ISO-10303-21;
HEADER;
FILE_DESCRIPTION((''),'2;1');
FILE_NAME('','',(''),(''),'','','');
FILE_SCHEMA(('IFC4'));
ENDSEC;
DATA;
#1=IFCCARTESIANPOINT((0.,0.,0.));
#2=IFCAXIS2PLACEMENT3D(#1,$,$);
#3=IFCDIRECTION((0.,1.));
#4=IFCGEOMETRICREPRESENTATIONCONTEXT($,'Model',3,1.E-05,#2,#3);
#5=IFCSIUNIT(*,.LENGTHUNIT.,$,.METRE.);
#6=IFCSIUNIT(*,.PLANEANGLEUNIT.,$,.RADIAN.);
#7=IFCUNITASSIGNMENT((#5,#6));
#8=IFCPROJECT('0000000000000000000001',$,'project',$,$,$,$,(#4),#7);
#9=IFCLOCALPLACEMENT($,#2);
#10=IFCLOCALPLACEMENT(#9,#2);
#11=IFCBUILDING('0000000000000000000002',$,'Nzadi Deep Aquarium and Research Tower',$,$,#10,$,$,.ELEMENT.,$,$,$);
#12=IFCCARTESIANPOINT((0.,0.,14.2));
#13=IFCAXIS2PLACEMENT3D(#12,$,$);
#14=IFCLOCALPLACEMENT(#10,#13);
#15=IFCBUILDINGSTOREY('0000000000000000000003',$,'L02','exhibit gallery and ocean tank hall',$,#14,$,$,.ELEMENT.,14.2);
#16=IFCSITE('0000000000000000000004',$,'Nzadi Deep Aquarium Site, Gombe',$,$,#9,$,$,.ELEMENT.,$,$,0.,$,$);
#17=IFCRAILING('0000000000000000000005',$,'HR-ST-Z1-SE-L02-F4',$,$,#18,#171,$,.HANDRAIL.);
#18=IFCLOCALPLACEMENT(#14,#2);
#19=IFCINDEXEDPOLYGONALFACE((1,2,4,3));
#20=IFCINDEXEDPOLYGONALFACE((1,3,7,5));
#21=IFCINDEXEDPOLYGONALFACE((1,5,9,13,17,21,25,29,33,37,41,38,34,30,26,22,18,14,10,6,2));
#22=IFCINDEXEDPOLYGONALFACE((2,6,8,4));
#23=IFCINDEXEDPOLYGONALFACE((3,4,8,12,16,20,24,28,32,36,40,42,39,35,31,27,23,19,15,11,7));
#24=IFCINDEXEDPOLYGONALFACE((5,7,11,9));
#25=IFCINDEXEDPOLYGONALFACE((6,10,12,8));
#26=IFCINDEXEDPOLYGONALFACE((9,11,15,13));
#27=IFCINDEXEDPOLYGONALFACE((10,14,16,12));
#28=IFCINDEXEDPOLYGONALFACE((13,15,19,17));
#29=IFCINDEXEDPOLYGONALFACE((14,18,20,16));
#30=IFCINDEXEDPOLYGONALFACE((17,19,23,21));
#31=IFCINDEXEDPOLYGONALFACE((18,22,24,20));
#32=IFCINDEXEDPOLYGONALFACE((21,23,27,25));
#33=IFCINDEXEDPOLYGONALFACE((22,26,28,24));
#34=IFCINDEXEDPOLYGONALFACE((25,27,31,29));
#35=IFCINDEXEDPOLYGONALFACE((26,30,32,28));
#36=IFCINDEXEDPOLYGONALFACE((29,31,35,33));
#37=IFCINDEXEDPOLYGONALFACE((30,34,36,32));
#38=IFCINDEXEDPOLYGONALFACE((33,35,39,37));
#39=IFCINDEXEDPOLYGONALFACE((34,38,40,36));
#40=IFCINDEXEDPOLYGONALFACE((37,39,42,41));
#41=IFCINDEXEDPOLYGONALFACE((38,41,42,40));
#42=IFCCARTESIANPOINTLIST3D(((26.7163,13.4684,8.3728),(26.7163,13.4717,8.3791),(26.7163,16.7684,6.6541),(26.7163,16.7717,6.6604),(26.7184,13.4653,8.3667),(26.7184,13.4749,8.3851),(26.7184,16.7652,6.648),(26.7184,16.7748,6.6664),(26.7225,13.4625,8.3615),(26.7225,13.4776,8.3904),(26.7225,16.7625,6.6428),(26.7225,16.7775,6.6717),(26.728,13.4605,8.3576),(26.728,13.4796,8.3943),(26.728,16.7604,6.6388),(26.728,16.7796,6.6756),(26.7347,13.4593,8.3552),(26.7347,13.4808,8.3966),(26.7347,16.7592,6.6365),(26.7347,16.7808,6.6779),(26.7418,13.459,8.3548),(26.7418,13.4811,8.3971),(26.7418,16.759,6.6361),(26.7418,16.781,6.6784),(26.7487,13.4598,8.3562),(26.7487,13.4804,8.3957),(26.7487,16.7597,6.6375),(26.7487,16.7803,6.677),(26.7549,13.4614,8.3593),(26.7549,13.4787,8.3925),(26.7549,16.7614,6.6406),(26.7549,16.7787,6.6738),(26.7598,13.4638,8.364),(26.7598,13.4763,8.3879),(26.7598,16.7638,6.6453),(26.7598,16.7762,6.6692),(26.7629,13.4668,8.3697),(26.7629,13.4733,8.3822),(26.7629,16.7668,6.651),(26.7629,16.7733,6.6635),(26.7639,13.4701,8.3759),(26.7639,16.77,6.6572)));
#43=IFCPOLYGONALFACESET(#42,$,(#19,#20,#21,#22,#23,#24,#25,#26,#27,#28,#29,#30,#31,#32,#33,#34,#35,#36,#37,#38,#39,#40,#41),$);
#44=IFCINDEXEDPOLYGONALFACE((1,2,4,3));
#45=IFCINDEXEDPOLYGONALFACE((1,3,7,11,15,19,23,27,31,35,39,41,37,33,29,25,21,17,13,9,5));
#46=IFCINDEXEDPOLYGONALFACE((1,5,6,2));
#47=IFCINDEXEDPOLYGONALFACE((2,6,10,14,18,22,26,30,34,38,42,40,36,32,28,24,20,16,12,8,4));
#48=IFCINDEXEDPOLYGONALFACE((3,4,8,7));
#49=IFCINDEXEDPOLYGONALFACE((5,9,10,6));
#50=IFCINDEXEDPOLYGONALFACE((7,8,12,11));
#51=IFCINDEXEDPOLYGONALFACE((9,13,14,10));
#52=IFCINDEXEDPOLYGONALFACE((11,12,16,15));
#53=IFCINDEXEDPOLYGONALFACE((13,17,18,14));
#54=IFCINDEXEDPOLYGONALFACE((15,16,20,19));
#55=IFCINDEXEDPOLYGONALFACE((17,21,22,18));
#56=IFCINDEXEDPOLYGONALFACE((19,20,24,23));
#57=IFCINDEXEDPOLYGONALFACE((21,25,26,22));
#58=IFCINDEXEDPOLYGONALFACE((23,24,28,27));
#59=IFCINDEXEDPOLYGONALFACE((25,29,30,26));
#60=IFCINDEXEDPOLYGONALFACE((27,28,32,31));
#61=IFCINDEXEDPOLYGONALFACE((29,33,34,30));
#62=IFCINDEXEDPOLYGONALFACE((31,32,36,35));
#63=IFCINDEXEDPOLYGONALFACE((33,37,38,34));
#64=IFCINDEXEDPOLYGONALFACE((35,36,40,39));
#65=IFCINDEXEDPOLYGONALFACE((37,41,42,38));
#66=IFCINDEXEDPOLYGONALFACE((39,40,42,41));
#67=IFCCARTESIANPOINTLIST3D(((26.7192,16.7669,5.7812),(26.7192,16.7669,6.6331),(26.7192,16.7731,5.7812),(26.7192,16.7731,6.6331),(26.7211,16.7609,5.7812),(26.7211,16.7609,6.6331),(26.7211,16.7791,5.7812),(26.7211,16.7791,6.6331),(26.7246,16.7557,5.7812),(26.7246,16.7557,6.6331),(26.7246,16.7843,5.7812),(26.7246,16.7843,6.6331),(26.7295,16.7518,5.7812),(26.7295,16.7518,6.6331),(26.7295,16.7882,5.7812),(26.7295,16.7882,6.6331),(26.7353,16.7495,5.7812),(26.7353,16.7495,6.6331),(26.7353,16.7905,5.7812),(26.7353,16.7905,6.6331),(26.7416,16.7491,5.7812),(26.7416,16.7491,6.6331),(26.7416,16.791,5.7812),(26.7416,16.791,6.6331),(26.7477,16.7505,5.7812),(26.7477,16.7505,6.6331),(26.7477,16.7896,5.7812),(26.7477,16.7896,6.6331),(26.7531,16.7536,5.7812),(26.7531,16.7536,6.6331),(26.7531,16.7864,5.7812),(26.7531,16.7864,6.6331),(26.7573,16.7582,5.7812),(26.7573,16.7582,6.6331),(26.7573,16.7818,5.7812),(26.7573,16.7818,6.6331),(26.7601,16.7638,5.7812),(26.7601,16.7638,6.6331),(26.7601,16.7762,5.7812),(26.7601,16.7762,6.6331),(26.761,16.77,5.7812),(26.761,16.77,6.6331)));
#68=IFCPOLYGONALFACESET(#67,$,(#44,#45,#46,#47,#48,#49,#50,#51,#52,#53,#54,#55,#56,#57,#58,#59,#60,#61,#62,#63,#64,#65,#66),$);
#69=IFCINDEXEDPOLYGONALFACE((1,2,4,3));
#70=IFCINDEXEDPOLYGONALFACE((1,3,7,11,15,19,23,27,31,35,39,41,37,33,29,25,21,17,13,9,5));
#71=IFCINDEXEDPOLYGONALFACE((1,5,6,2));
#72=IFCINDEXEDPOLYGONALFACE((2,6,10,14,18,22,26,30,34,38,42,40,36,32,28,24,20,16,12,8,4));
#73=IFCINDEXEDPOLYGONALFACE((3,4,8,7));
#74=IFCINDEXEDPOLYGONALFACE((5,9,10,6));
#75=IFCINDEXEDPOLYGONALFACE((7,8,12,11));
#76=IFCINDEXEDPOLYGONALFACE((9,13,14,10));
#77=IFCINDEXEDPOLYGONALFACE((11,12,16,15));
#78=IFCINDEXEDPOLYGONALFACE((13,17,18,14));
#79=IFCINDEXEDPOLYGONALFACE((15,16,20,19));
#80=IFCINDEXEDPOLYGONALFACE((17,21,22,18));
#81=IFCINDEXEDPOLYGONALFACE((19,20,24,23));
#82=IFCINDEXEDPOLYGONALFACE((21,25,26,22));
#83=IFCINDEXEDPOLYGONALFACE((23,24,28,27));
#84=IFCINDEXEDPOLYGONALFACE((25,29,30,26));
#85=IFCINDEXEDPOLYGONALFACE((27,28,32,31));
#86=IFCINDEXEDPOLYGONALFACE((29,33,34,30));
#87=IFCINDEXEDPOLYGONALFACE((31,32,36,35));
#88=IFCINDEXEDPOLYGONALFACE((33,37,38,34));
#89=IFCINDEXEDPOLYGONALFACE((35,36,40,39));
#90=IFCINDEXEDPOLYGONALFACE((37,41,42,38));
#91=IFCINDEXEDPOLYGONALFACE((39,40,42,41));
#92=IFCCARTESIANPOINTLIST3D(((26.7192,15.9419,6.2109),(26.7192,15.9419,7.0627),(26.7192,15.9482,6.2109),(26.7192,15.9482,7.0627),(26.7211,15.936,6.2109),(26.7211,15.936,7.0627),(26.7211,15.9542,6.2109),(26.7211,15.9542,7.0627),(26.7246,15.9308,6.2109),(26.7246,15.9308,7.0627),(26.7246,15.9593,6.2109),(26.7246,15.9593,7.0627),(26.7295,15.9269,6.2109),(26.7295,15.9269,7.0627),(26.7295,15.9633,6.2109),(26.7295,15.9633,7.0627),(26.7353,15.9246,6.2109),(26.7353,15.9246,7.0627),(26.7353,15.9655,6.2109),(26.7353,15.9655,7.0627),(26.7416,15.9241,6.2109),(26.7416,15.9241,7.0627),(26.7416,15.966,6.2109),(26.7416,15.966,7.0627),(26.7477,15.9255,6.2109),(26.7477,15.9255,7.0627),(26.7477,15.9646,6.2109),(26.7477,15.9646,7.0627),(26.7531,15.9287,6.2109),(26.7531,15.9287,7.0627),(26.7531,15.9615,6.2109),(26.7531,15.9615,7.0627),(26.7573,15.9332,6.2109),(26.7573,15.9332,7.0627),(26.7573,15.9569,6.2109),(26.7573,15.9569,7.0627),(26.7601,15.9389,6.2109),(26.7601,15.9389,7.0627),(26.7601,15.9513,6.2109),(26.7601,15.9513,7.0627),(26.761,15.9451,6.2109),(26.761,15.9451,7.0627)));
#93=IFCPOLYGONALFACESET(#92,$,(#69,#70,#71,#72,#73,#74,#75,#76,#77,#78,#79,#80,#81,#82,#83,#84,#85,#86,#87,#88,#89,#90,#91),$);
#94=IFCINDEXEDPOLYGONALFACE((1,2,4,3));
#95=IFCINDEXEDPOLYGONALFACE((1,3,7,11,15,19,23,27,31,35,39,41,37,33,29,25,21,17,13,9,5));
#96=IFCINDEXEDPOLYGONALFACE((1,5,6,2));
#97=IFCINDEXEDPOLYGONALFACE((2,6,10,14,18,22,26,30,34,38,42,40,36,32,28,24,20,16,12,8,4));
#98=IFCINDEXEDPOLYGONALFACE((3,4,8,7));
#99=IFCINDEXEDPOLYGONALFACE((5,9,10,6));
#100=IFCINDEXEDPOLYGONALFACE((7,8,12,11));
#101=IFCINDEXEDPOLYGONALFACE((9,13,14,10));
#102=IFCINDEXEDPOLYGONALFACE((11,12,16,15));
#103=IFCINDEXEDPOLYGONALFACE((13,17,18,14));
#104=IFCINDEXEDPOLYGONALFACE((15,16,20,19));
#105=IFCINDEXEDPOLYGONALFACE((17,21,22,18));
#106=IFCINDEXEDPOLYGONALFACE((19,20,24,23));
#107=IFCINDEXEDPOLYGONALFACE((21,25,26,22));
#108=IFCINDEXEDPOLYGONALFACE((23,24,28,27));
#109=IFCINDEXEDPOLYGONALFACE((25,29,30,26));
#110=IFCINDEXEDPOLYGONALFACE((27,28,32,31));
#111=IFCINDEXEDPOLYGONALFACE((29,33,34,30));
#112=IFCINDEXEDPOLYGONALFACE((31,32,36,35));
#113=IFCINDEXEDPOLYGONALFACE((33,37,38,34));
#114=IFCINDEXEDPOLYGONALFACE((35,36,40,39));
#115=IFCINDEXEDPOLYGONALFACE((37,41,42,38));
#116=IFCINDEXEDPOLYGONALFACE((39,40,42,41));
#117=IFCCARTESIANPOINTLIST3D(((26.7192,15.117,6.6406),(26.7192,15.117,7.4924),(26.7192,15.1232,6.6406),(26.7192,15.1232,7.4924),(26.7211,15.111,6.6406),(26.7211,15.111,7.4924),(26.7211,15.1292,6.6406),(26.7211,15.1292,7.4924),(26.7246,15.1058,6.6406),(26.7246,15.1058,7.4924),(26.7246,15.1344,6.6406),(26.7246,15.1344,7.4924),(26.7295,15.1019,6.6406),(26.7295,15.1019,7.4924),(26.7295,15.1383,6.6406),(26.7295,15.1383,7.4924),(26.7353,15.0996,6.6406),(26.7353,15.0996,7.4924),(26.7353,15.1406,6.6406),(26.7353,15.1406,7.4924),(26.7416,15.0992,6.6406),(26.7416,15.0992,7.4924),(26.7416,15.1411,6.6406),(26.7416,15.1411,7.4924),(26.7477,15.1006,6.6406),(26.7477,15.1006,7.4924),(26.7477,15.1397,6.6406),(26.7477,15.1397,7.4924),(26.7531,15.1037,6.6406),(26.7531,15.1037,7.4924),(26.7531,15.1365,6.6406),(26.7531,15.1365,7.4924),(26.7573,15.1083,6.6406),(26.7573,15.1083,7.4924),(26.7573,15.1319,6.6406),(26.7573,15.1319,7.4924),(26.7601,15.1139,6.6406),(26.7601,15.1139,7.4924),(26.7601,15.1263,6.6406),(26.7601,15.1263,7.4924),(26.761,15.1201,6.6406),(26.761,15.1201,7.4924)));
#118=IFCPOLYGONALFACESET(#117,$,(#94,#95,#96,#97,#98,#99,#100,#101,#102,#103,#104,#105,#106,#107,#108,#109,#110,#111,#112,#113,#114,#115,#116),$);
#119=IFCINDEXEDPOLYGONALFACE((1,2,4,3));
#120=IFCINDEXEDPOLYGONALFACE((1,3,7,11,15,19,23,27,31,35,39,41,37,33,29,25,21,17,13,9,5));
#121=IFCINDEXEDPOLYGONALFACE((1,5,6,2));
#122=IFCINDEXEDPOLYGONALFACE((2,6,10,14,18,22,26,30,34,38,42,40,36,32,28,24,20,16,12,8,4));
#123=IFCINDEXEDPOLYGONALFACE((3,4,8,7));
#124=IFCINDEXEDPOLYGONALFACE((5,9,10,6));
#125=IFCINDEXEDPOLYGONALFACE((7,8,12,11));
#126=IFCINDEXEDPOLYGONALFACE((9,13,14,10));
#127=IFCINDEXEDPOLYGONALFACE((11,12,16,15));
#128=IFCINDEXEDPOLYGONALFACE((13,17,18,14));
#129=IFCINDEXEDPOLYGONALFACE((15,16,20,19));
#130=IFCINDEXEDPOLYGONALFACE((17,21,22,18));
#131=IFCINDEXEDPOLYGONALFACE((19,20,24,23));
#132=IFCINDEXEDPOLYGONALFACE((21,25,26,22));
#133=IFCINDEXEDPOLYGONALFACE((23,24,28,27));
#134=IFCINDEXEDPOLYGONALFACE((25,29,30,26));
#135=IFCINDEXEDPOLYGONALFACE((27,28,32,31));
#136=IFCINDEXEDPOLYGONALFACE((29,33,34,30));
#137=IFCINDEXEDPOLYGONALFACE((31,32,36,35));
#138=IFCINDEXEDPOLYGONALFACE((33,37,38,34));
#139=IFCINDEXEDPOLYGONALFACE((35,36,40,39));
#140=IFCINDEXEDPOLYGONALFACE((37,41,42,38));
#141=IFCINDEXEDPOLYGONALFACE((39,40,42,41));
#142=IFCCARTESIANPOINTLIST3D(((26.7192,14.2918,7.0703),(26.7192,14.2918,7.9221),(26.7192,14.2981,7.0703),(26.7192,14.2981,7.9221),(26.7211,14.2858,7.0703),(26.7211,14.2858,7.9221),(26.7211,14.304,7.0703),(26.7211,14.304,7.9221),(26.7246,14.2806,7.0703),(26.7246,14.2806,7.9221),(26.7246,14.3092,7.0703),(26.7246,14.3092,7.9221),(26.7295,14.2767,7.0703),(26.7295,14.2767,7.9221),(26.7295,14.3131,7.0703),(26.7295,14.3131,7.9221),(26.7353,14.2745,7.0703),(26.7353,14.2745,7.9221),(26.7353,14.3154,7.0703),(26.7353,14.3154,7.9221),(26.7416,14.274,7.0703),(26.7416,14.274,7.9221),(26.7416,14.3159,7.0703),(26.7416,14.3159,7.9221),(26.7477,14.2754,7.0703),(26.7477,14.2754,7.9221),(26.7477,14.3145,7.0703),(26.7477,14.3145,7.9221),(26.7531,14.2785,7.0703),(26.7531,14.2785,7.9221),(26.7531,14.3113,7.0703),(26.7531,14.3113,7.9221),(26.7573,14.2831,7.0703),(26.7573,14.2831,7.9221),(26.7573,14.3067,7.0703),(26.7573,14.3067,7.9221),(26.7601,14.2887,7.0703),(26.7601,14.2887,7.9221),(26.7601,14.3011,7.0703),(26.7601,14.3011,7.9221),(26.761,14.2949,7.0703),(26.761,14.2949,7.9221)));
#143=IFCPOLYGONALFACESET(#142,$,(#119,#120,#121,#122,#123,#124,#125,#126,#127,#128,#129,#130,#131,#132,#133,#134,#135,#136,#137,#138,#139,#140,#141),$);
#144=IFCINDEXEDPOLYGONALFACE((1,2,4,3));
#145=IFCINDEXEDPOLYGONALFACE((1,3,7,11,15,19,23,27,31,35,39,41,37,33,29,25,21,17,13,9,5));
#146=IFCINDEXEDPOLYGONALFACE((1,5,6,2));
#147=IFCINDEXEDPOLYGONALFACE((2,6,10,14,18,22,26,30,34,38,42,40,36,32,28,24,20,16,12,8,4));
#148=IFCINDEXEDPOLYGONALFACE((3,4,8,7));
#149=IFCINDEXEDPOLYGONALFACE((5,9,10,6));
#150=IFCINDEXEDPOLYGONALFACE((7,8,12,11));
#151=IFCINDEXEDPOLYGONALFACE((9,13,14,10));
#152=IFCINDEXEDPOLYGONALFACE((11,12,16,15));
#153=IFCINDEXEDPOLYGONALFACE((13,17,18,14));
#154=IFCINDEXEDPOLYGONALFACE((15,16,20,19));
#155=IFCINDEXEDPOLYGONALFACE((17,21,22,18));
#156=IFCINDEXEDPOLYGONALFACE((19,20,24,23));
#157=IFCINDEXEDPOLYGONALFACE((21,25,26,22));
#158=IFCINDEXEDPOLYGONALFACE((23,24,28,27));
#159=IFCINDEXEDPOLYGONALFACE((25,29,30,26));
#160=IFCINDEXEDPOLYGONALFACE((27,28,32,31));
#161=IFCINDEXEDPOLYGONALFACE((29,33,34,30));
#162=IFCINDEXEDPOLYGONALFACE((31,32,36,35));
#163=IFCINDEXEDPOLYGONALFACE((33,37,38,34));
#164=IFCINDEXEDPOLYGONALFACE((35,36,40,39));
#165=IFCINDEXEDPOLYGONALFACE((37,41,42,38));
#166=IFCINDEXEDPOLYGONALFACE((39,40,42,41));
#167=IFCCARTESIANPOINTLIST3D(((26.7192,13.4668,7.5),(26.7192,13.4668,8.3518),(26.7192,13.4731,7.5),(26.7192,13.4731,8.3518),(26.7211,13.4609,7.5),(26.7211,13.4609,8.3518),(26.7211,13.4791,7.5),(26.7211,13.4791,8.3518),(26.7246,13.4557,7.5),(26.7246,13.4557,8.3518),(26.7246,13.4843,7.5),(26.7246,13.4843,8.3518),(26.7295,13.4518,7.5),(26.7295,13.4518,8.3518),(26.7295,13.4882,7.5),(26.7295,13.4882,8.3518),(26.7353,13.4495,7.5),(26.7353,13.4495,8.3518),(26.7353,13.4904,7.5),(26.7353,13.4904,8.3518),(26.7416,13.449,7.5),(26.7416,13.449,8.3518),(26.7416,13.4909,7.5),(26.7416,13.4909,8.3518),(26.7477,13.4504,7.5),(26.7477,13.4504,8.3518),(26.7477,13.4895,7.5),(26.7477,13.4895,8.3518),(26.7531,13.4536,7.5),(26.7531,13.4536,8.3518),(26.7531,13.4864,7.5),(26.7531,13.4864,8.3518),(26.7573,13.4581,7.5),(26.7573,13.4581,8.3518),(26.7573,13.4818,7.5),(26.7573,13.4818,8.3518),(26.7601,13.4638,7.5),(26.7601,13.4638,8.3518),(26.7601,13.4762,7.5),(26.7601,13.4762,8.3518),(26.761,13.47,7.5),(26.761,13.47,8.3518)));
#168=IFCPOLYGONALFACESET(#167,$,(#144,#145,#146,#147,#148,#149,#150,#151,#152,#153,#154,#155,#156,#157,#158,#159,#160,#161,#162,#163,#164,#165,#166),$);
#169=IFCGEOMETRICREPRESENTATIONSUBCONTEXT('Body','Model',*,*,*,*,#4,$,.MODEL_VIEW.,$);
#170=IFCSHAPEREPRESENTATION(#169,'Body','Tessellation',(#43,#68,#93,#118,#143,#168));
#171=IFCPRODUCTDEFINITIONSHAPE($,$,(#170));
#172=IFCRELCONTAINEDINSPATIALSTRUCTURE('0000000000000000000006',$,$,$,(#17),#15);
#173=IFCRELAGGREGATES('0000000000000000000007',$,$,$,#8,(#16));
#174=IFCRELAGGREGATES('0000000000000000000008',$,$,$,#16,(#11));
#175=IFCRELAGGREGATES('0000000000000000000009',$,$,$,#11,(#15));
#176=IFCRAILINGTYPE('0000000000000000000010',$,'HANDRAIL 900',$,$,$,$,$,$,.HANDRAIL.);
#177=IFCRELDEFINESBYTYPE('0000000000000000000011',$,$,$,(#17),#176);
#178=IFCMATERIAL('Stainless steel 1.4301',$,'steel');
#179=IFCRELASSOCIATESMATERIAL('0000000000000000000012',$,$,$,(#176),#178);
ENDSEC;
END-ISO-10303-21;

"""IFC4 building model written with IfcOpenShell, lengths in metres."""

from ifc_helpers import new_model, si_unit, direction, frame, origin, origin_2d, place, context, subcontext, project, spatial, circle, extrude, material, type_object, element, save


model = new_model("IFC4")

# Units and contexts
model_context = context("Model", 3, precision=1e-05, world=origin(), true_north=direction((0.0, 1.0)))
body_context = subcontext(model_context, "Body", "Model", "MODEL_VIEW")
ifc_project = project(units=[si_unit("LENGTHUNIT", "METRE"), si_unit("PLANEANGLEUNIT", "RADIAN")], contexts=[model_context])

# Site, building, storey
site_placement = place(None, origin())
site = spatial("IfcSite", under=ifc_project, at=site_placement, Name="Nzadi Deep Aquarium Site, Gombe", CompositionType="ELEMENT", RefElevation=0.0)
building_placement = place(site_placement, origin())
building = spatial("IfcBuilding", under=site, at=building_placement, Name="Nzadi Deep Aquarium and Research Tower", CompositionType="ELEMENT")
storey_placement = place(building_placement, frame((0.0, 0.0, 14.2)))
storey = spatial("IfcBuildingStorey", under=building, at=storey_placement, Name="L02", Description="exhibit gallery and ocean tank hall", CompositionType="ELEMENT", Elevation=14.2)

# Railing
ifc_material_1 = material(Name="Stainless steel 1.4301", Category="steel")
railing_type = type_object("IfcRailingType", Name="HANDRAIL 900", PredefinedType="HANDRAIL", material=ifc_material_1)
for number, where, name in (
    (1, (26.74, 16.77, 5.7812), "HR-ST-Z1-SE-L02-F4"),
):
    element("IfcRailing", number, at=place(storey_placement, frame(where)), inside=storey, type_object=railing_type, Name=name, PredefinedType="HANDRAIL", context=body_context, shape_type="SweptSolid", body=[
        extrude(circle(Radius=0.0239, at=origin_2d()), frame((0.0, 0.0, 0.876), z_axis=(0.0, -0.886917, 0.461929), x_axis=(1.0, 0.0, 0.0)), (0.0, 0.0, 1.0), 3.7207),
        extrude(circle(Radius=0.021, at=origin_2d()), origin(), (0.0, 0.0, 1.0), 0.8518),
        extrude(circle(Radius=0.021, at=origin_2d()), frame((0.0, -0.825, 0.4297)), (0.0, 0.0, 1.0), 0.8518),
        extrude(circle(Radius=0.021, at=origin_2d()), frame((0.0, -1.6499, 0.8594)), (0.0, 0.0, 1.0), 0.8518),
        extrude(circle(Radius=0.021, at=origin_2d()), frame((0.0, -2.4751, 1.2891)), (0.0, 0.0, 1.0), 0.8518),
        extrude(circle(Radius=0.021, at=origin_2d()), frame((0.0, -3.3, 1.7188)), (0.0, 0.0, 1.0), 0.8518),
    ])

save(model, "model.ifc")
